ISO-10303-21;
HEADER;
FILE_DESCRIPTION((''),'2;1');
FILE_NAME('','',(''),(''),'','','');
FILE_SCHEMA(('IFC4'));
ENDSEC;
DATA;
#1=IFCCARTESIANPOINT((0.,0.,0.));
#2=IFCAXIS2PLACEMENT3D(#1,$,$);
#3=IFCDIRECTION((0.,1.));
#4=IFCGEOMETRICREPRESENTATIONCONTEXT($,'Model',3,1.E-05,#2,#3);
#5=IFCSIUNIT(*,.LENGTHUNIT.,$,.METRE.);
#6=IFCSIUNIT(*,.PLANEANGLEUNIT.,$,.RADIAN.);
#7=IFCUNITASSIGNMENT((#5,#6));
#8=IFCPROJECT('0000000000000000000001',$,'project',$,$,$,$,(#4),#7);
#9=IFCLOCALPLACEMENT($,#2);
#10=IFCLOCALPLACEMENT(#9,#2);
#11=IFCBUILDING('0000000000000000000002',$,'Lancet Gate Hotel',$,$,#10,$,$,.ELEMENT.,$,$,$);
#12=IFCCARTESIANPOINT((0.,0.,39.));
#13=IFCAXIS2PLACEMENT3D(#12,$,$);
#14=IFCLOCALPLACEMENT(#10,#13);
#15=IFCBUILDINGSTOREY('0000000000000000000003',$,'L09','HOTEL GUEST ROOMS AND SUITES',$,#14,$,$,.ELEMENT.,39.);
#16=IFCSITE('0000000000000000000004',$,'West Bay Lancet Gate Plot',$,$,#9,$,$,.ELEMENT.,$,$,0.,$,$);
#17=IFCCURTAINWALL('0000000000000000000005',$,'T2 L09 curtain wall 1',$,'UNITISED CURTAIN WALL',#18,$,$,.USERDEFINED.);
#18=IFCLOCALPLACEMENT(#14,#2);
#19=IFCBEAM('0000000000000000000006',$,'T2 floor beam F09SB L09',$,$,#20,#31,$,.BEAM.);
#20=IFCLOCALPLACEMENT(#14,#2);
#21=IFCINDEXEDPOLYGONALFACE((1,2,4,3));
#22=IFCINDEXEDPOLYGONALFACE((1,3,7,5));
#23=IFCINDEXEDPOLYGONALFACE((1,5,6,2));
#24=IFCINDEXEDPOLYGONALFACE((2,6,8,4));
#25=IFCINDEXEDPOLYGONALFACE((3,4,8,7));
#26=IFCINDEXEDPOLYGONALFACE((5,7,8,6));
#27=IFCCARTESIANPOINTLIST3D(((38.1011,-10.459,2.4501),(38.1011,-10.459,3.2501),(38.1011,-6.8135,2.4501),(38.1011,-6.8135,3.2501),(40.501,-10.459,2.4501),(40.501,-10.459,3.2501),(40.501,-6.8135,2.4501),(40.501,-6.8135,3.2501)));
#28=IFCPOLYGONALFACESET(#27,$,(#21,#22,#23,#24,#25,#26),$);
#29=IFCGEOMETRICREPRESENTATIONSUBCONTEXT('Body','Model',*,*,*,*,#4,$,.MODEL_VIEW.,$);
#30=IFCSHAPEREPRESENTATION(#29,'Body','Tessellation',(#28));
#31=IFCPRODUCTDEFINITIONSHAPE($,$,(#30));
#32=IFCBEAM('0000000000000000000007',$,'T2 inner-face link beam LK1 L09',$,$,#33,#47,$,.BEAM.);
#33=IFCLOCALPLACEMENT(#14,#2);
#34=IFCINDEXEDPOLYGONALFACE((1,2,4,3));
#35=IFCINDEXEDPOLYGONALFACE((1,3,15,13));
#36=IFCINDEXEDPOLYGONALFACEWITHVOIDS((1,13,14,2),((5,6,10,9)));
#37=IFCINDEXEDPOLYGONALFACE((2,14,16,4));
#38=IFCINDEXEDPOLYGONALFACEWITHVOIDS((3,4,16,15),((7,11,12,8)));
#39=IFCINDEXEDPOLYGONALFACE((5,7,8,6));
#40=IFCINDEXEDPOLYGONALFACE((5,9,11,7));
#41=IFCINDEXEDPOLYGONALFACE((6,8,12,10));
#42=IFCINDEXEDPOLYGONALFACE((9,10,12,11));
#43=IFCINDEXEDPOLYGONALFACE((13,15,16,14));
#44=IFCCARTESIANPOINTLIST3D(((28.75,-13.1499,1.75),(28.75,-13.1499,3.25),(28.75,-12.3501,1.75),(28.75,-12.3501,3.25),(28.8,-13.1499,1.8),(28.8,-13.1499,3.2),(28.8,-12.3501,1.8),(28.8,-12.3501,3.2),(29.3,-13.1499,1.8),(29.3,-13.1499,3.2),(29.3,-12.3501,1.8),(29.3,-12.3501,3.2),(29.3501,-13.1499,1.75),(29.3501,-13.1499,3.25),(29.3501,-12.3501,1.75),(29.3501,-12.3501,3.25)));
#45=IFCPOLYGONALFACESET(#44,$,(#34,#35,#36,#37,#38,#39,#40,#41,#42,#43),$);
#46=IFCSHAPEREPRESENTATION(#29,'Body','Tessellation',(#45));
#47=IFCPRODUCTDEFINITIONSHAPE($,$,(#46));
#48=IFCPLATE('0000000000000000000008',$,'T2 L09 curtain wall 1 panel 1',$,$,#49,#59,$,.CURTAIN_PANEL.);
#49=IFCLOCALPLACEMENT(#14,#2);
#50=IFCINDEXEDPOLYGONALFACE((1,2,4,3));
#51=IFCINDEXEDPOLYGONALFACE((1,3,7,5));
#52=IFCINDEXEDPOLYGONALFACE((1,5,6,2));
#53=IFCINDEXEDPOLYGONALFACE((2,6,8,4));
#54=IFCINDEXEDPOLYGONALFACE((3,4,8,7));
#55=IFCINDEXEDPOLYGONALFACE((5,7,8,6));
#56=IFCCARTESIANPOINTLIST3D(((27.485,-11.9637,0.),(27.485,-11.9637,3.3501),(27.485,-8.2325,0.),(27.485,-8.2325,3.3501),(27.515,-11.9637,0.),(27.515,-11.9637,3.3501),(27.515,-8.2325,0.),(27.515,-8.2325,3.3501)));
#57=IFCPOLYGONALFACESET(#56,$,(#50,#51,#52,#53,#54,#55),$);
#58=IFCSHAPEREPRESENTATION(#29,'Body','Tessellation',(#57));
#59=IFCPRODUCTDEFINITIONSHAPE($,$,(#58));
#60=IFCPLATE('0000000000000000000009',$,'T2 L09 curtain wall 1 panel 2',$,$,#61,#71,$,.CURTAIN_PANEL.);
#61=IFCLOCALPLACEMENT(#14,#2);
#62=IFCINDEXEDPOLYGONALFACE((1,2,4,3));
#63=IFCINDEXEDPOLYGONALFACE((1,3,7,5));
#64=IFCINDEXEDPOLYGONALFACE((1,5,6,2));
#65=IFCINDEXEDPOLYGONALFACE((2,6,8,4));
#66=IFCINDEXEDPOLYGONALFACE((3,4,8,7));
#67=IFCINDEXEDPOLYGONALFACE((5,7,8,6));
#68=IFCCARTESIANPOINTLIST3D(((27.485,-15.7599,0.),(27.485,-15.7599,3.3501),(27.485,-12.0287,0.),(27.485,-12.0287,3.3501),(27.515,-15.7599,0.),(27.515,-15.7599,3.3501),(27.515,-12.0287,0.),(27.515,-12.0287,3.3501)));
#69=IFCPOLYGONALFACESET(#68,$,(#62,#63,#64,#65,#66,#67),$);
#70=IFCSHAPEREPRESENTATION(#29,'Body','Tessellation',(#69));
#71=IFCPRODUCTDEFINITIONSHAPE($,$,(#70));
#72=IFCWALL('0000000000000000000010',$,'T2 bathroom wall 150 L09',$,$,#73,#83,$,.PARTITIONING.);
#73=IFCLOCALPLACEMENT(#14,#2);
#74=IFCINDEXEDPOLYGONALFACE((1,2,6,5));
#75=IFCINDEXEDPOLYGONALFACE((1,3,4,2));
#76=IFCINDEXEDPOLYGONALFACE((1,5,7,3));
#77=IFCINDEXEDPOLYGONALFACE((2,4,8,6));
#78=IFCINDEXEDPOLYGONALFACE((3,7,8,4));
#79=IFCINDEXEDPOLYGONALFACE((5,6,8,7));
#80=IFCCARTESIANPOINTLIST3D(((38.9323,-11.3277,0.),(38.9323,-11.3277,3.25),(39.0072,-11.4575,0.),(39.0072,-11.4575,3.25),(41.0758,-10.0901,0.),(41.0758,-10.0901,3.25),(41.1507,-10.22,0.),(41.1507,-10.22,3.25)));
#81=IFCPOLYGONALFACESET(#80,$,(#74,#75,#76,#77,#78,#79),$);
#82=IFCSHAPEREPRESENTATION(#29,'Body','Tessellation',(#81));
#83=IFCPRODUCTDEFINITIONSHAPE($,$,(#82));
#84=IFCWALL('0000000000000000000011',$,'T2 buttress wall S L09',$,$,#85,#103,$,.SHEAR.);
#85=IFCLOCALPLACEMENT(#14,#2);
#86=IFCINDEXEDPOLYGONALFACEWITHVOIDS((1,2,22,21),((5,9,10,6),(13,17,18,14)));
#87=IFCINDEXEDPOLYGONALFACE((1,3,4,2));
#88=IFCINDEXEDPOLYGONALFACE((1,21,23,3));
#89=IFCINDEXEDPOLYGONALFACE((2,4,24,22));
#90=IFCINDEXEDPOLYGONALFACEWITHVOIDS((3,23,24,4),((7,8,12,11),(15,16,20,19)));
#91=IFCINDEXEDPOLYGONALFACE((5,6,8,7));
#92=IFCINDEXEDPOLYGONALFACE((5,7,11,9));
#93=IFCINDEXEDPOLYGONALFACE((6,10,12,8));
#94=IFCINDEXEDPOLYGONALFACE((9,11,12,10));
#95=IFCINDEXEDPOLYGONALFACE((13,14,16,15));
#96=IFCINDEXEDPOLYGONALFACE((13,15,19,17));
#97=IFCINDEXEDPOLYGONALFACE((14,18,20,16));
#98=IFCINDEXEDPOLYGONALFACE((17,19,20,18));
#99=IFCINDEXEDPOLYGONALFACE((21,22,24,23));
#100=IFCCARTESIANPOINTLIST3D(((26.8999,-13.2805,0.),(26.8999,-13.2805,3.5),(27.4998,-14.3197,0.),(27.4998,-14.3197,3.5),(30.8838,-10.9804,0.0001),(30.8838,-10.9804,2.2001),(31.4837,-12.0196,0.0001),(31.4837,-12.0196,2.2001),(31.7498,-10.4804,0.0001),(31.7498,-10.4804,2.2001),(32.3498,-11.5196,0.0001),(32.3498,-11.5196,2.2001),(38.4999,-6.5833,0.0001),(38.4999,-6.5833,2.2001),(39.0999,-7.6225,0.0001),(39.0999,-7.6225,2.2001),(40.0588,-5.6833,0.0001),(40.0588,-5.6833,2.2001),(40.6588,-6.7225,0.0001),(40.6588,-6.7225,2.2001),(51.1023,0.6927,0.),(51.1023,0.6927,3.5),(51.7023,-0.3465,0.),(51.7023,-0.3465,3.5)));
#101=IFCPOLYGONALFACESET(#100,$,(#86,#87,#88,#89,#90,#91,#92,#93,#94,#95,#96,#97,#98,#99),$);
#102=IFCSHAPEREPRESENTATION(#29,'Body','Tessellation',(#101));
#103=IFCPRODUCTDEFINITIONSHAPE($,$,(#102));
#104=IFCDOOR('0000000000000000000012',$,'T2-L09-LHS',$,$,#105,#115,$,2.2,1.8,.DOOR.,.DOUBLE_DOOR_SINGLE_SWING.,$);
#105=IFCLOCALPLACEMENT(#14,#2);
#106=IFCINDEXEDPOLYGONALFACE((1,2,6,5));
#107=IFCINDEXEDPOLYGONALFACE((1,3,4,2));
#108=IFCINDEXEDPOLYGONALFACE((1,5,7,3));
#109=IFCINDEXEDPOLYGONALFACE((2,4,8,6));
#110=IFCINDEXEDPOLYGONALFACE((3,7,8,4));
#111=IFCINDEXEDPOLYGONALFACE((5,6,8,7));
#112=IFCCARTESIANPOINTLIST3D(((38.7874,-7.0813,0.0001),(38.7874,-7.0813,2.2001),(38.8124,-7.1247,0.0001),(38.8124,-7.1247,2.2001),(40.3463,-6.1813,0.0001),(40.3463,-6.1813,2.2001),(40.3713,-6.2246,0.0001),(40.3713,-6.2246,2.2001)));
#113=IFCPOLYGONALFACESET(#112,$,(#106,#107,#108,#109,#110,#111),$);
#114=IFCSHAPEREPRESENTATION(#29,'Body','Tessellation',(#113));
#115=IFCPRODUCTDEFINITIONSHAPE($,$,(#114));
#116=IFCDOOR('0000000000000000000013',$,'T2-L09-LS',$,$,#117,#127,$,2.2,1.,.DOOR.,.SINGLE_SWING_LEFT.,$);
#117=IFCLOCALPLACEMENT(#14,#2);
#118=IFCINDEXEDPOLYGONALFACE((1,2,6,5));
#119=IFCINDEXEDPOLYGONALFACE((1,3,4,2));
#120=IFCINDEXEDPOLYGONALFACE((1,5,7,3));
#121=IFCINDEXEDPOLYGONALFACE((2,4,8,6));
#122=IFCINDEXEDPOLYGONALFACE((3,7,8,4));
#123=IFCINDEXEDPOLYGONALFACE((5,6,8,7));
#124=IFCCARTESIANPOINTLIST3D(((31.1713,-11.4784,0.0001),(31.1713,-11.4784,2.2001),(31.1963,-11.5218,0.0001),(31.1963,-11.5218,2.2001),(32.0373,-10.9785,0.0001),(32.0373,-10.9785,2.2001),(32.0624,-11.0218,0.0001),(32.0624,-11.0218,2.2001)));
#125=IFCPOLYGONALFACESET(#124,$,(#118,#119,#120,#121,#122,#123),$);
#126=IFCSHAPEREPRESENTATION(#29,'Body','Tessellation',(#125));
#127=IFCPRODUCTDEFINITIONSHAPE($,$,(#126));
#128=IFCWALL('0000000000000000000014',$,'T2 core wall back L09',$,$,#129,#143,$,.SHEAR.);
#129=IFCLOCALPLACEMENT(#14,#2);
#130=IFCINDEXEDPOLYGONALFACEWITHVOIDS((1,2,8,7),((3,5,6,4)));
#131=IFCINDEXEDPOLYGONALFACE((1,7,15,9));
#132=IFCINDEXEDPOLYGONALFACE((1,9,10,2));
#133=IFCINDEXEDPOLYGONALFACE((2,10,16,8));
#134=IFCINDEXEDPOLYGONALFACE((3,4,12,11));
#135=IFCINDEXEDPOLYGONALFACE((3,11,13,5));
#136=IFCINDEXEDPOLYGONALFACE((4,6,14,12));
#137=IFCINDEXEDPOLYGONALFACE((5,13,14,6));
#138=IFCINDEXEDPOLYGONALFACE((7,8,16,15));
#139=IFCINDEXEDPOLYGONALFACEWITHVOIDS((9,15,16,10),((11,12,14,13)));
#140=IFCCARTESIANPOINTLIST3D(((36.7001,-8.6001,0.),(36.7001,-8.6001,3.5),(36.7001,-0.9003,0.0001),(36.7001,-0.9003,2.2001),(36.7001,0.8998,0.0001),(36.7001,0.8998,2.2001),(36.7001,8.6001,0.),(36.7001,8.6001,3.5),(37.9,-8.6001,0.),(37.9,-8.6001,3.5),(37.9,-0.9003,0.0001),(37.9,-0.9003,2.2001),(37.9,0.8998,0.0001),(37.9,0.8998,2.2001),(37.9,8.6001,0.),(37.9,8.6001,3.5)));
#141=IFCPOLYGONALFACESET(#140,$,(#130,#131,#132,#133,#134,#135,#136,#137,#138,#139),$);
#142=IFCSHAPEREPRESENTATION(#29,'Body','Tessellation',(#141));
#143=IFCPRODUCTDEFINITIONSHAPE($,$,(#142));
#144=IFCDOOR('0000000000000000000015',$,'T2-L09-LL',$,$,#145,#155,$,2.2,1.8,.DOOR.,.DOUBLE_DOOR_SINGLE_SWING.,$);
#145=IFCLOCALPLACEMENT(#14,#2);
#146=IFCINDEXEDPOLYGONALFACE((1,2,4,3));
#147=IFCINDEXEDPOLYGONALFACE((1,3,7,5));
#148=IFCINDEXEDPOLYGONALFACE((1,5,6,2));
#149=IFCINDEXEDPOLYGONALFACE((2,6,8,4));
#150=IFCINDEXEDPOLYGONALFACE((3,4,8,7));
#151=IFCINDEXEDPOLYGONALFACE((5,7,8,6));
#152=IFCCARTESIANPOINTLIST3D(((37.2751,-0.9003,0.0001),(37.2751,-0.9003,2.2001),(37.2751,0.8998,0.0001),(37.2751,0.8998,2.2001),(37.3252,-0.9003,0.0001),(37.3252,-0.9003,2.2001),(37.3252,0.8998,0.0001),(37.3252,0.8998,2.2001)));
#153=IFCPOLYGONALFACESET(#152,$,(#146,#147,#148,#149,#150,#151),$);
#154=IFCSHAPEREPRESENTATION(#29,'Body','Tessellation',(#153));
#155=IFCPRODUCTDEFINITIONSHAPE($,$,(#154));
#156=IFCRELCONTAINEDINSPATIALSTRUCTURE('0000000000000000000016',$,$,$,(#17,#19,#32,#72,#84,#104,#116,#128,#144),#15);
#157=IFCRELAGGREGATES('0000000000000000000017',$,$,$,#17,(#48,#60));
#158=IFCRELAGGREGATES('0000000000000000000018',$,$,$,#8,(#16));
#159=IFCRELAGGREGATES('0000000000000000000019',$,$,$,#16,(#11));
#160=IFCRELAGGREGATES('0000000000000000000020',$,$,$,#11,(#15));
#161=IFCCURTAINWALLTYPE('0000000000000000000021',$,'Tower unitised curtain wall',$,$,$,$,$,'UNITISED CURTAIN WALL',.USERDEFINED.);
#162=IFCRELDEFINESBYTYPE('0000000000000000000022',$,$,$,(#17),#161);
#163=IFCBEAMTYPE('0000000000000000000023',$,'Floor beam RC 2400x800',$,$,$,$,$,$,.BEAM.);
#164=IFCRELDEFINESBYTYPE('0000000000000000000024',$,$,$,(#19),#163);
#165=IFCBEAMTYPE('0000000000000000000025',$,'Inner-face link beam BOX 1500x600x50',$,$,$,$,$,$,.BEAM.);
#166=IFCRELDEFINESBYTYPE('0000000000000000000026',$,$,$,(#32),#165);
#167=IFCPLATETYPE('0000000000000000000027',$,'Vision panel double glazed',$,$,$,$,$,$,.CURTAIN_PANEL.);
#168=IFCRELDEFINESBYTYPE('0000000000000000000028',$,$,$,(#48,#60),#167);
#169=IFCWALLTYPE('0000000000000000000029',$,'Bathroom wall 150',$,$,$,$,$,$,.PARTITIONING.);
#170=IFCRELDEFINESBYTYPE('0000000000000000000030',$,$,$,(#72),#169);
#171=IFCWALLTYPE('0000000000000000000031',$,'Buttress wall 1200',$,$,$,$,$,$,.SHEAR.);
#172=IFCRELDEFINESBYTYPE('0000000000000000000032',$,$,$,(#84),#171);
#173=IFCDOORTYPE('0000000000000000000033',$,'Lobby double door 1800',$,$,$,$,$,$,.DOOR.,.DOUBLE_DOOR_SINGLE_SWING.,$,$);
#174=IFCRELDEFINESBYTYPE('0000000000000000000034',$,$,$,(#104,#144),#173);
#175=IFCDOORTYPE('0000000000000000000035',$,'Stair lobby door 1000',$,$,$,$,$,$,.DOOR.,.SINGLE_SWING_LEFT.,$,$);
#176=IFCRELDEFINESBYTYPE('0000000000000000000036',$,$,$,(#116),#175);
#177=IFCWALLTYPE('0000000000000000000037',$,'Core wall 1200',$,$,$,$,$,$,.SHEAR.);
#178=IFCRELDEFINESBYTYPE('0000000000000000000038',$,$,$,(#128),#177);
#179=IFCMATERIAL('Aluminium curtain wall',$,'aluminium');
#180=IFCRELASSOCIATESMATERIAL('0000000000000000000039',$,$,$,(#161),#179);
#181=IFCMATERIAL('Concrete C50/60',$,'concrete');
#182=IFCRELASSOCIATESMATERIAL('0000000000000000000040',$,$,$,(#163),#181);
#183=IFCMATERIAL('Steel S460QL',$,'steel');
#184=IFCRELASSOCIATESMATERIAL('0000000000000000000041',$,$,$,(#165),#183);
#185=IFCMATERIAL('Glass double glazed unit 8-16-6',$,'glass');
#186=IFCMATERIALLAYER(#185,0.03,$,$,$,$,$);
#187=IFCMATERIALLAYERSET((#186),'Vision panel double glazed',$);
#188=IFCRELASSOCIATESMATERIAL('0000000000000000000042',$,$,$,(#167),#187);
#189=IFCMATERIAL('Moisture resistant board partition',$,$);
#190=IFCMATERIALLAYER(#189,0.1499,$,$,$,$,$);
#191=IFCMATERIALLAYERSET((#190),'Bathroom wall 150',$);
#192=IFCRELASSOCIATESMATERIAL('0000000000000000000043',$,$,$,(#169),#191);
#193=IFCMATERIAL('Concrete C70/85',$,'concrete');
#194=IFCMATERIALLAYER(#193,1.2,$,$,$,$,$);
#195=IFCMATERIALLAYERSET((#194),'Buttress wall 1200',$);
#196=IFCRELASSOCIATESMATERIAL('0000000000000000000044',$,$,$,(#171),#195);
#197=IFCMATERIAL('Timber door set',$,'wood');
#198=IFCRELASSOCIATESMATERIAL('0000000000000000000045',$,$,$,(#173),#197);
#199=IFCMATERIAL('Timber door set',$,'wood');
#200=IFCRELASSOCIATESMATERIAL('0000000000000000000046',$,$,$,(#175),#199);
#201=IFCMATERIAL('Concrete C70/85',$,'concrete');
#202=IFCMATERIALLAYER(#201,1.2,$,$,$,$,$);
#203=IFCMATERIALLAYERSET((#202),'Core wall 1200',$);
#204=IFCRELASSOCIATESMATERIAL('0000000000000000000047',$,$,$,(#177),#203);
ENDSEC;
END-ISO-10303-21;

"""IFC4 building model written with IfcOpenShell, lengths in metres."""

from ifc_helpers import new_model, si_unit, direction, frame, frame_2d, origin, origin_2d, place, context, subcontext, project, spatial, rectangle, hollow_rectangle, extrude, material, layer, layer_set, material_profile, profile_set, type_object, element, fill, aggregate, save


model = new_model("IFC4")

# Units and contexts
model_context = context("Model", 3, precision=1e-05, world=origin(), true_north=direction((0.0, 1.0)))
body_context = subcontext(model_context, "Body", "Model", "MODEL_VIEW")
ifc_project = project(units=[si_unit("LENGTHUNIT", "METRE"), si_unit("PLANEANGLEUNIT", "RADIAN")], contexts=[model_context])

# Site, building, storey
site_placement = place(None, origin())
site = spatial("IfcSite", under=ifc_project, at=site_placement, Name="West Bay Lancet Gate Plot", CompositionType="ELEMENT", RefElevation=0.0)
building_placement = place(site_placement, origin())
building = spatial("IfcBuilding", under=site, at=building_placement, Name="Lancet Gate Hotel", CompositionType="ELEMENT")
storey_placement = place(building_placement, frame((0.0, 0.0, 39.0)))
storey = spatial("IfcBuildingStorey", under=building, at=storey_placement, Name="L09", Description="HOTEL GUEST ROOMS AND SUITES", CompositionType="ELEMENT", Elevation=39.0)

# Curtain wall
ifc_material_1 = material(Name="Aluminium curtain wall", Category="aluminium")
curtain_wall_type = type_object("IfcCurtainWallType", Name="Tower unitised curtain wall", ElementType="UNITISED CURTAIN WALL", PredefinedType="USERDEFINED", material=ifc_material_1)
curtain_wall_placement = place(storey_placement, origin())
curtain_wall = element("IfcCurtainWall", 1, at=curtain_wall_placement, inside=storey, type_object=curtain_wall_type, Name="T2 L09 curtain wall 1", ObjectType="UNITISED CURTAIN WALL", PredefinedType="USERDEFINED")

# Beams
ifc_material_2 = material(Name="Concrete C50/60", Category="concrete")
ifc_material_profile_1 = material_profile(ifc_material_2, rectangle(XDim=2.3999, YDim=0.8, at=origin_2d()), Name="RC 2400x800")
ifc_profile_set_1 = profile_set([ifc_material_profile_1], Name="Concrete C50/60")
beam_type_1 = type_object("IfcBeamType", Name="Floor beam RC 2400x800", PredefinedType="BEAM", material=ifc_profile_set_1)
beam_1_placement = place(storey_placement, frame((39.301, -10.459, 2.8501), z_axis=(0.0, 1.0, 0.0), x_axis=(-1.0, 0.0, 0.0)))
element("IfcBeam", 2, at=beam_1_placement, inside=storey, type_object=beam_type_1, Name="T2 floor beam F09SB L09", PredefinedType="BEAM", context=body_context, shape_type="SweptSolid", body=[
    extrude(rectangle(XDim=2.3999, YDim=0.8, at=origin_2d()), origin(), (0.0, 0.0, 1.0), 3.6455),
])
ifc_material_3 = material(Name="Steel S460QL", Category="steel")
ifc_material_profile_2 = material_profile(ifc_material_3, hollow_rectangle(XDim=0.6001, YDim=1.5, WallThickness=0.05, at=origin_2d()), Name="BOX 1500x600x50")
ifc_profile_set_2 = profile_set([ifc_material_profile_2], Name="Steel S460QL")
beam_type_2 = type_object("IfcBeamType", Name="Inner-face link beam BOX 1500x600x50", PredefinedType="BEAM", material=ifc_profile_set_2)
beam_2_placement = place(storey_placement, frame((29.05, -13.1499, 2.5), z_axis=(0.0, 1.0, 0.0), x_axis=(-1.0, 0.0, 0.0)))
element("IfcBeam", 3, at=beam_2_placement, inside=storey, type_object=beam_type_2, Name="T2 inner-face link beam LK1 L09", PredefinedType="BEAM", context=body_context, shape_type="SweptSolid", body=[
    extrude(hollow_rectangle(XDim=0.6001, YDim=1.5, WallThickness=0.05, at=origin_2d()), origin(), (0.0, 0.0, 1.0), 0.7998),
])

# Plates
ifc_material_4 = material(Name="Glass double glazed unit 8-16-6", Category="glass")
ifc_layer_1 = layer(ifc_material_4, 0.03)
ifc_layer_set_1 = layer_set([ifc_layer_1], Name="Vision panel double glazed")
plate_type = type_object("IfcPlateType", Name="Vision panel double glazed", PredefinedType="CURTAIN_PANEL", material=ifc_layer_set_1)
plate_1_placement = place(storey_placement, frame((27.5, -10.0981, 0.0), z_axis=(0.0, 0.0, 1.0), x_axis=(0.0, -1.0, 0.0)))
plate_1 = element("IfcPlate", 4, at=plate_1_placement, type_object=plate_type, Name="T2 L09 curtain wall 1 panel 1", PredefinedType="CURTAIN_PANEL", context=body_context, shape_type="SweptSolid", body=[
    extrude(rectangle(XDim=3.7312, YDim=0.03, at=origin_2d()), origin(), (0.0, 0.0, 1.0), 3.3501),
])
plate_2_placement = place(storey_placement, frame((27.5, -13.8943, 0.0), z_axis=(0.0, 0.0, 1.0), x_axis=(0.0, -1.0, 0.0)))
plate_2 = element("IfcPlate", 5, at=plate_2_placement, type_object=plate_type, Name="T2 L09 curtain wall 1 panel 2", PredefinedType="CURTAIN_PANEL", context=body_context, shape_type="SweptSolid", body=[
    extrude(rectangle(XDim=3.7312, YDim=0.03, at=origin_2d()), origin(), (0.0, 0.0, 1.0), 3.3501),
])
aggregate(curtain_wall, [plate_1, plate_2])

# Wall
ifc_material_5 = material(Name="Moisture resistant board partition")
ifc_layer_2 = layer(ifc_material_5, 0.1499)
ifc_layer_set_2 = layer_set([ifc_layer_2], Name="Bathroom wall 150")
wall_type_1 = type_object("IfcWallType", Name="Bathroom wall 150", PredefinedType="PARTITIONING", material=ifc_layer_set_2)
wall_1_placement = place(storey_placement, frame((38.9697, -11.3926, 0.0), z_axis=(0.0, 0.0, 1.0), x_axis=(0.866031, 0.49999, 0.0)))
element("IfcWall", 6, at=wall_1_placement, inside=storey, type_object=wall_type_1, Name="T2 bathroom wall 150 L09", PredefinedType="PARTITIONING", context=body_context, shape_type="SweptSolid", body=[
    extrude(rectangle(XDim=2.4751, YDim=0.1499, at=frame_2d((1.2375, 0.0))), origin(), (0.0, 0.0, 1.0), 3.25),
])

# Wall, openings, doors
ifc_material_6 = material(Name="Concrete C70/85", Category="concrete")
ifc_layer_3 = layer(ifc_material_6, 1.2)
ifc_layer_set_3 = layer_set([ifc_layer_3], Name="Buttress wall 1200")
wall_type_2 = type_object("IfcWallType", Name="Buttress wall 1200", PredefinedType="SHEAR", material=ifc_layer_set_3)
wall_2_placement = place(storey_placement, frame((27.2, -13.8, 0.0), z_axis=(0.0, 0.0, 1.0), x_axis=(0.866027, 0.499997, 0.0)))
wall_2 = element("IfcWall", 7, at=wall_2_placement, inside=storey, type_object=wall_type_2, Name="T2 buttress wall S L09", PredefinedType="SHEAR", context=body_context, shape_type="SweptSolid", body=[
    extrude(rectangle(XDim=27.9465, YDim=1.2, at=frame_2d((13.9731, 0.0))), origin(), (0.0, 0.0, 1.0), 3.5),
])
opening_1_placement = place(wall_2_placement, frame((4.6001, 0.0, 0.0)))
opening_1 = element("IfcOpeningElement", 8, at=opening_1_placement, cuts=wall_2, PredefinedType="OPENING", context=body_context, shape_type="SweptSolid", body=[
    extrude(rectangle(XDim=1.0, YDim=2.2, at=frame_2d((0.5, 1.1001))), frame((0.0, 0.6099, 0.0), z_axis=(0.0, -1.0, 0.0), x_axis=(1.0, 0.0, 0.0)), (0.0, 0.0, 1.0), 1.22),
])
opening_2_placement = place(wall_2_placement, frame((13.3945, 0.0, 0.0)))
opening_2 = element("IfcOpeningElement", 9, at=opening_2_placement, cuts=wall_2, PredefinedType="OPENING", context=body_context, shape_type="SweptSolid", body=[
    extrude(rectangle(XDim=1.8, YDim=2.2, at=frame_2d((0.8999, 1.1001))), frame((0.0, 0.6099, 0.0), z_axis=(0.0, -1.0, 0.0), x_axis=(1.0, 0.0, 0.0)), (0.0, 0.0, 1.0), 1.22),
])
ifc_material_7 = material(Name="Timber door set", Category="wood")
door_type_1 = type_object("IfcDoorType", Name="Lobby double door 1800", OperationType="DOUBLE_DOOR_SINGLE_SWING", PredefinedType="DOOR", material=ifc_material_7)
door_1_placement = place(opening_2_placement, origin())
door_1 = element("IfcDoor", 10, at=door_1_placement, inside=storey, type_object=door_type_1, Name="T2-L09-LHS", OperationType="DOUBLE_DOOR_SINGLE_SWING", OverallHeight=2.2, OverallWidth=1.8, PredefinedType="DOOR", context=body_context, shape_type="SweptSolid", body=[
    extrude(rectangle(XDim=1.8, YDim=2.2, at=frame_2d((0.8999, 1.1001))), frame((0.0, 0.0249, 0.0), z_axis=(0.0, -1.0, 0.0), x_axis=(1.0, 0.0, 0.0)), (0.0, 0.0, 1.0), 0.05),
])
fill(opening_2, door_1)
ifc_material_8 = material(Name="Timber door set", Category="wood")
door_type_2 = type_object("IfcDoorType", Name="Stair lobby door 1000", OperationType="SINGLE_SWING_LEFT", PredefinedType="DOOR", material=ifc_material_8)
door_2_placement = place(opening_1_placement, origin())
door_2 = element("IfcDoor", 11, at=door_2_placement, inside=storey, type_object=door_type_2, Name="T2-L09-LS", OperationType="SINGLE_SWING_LEFT", OverallHeight=2.2, OverallWidth=1.0, PredefinedType="DOOR", context=body_context, shape_type="SweptSolid", body=[
    extrude(rectangle(XDim=1.0, YDim=2.2, at=frame_2d((0.5, 1.1001))), frame((0.0, 0.0249, 0.0), z_axis=(0.0, -1.0, 0.0), x_axis=(1.0, 0.0, 0.0)), (0.0, 0.0, 1.0), 0.05),
])
fill(opening_1, door_2)

# Wall, opening, door
ifc_material_9 = material(Name="Concrete C70/85", Category="concrete")
ifc_layer_4 = layer(ifc_material_9, 1.2)
ifc_layer_set_4 = layer_set([ifc_layer_4], Name="Core wall 1200")
wall_type_3 = type_object("IfcWallType", Name="Core wall 1200", PredefinedType="SHEAR", material=ifc_layer_set_4)
wall_3_placement = place(storey_placement, frame((37.3, -8.6001, 0.0), z_axis=(0.0, 0.0, 1.0), x_axis=(0.0, 1.0, 0.0)))
wall_3 = element("IfcWall", 12, at=wall_3_placement, inside=storey, type_object=wall_type_3, Name="T2 core wall back L09", PredefinedType="SHEAR", context=body_context, shape_type="SweptSolid", body=[
    extrude(rectangle(XDim=17.2002, YDim=1.2, at=frame_2d((8.6001, 0.0))), origin(), (0.0, 0.0, 1.0), 3.5),
])
opening_3_placement = place(wall_3_placement, frame((7.7, 0.0, 0.0)))
opening_3 = element("IfcOpeningElement", 13, at=opening_3_placement, cuts=wall_3, PredefinedType="OPENING", context=body_context, shape_type="SweptSolid", body=[
    extrude(rectangle(XDim=1.8, YDim=2.2, at=frame_2d((0.8999, 1.1001))), frame((0.0, 0.6099, 0.0), z_axis=(0.0, -1.0, 0.0), x_axis=(1.0, 0.0, 0.0)), (0.0, 0.0, 1.0), 1.22),
])
door_3_placement = place(opening_3_placement, origin())
door_3 = element("IfcDoor", 14, at=door_3_placement, inside=storey, type_object=door_type_1, Name="T2-L09-LL", OperationType="DOUBLE_DOOR_SINGLE_SWING", OverallHeight=2.2, OverallWidth=1.8, PredefinedType="DOOR", context=body_context, shape_type="SweptSolid", body=[
    extrude(rectangle(XDim=1.8, YDim=2.2, at=frame_2d((0.8999, 1.1001))), frame((0.0, 0.0249, 0.0), z_axis=(0.0, -1.0, 0.0), x_axis=(1.0, 0.0, 0.0)), (0.0, 0.0, 1.0), 0.05),
])
fill(opening_3, door_3)

save(model, "model.ifc")
